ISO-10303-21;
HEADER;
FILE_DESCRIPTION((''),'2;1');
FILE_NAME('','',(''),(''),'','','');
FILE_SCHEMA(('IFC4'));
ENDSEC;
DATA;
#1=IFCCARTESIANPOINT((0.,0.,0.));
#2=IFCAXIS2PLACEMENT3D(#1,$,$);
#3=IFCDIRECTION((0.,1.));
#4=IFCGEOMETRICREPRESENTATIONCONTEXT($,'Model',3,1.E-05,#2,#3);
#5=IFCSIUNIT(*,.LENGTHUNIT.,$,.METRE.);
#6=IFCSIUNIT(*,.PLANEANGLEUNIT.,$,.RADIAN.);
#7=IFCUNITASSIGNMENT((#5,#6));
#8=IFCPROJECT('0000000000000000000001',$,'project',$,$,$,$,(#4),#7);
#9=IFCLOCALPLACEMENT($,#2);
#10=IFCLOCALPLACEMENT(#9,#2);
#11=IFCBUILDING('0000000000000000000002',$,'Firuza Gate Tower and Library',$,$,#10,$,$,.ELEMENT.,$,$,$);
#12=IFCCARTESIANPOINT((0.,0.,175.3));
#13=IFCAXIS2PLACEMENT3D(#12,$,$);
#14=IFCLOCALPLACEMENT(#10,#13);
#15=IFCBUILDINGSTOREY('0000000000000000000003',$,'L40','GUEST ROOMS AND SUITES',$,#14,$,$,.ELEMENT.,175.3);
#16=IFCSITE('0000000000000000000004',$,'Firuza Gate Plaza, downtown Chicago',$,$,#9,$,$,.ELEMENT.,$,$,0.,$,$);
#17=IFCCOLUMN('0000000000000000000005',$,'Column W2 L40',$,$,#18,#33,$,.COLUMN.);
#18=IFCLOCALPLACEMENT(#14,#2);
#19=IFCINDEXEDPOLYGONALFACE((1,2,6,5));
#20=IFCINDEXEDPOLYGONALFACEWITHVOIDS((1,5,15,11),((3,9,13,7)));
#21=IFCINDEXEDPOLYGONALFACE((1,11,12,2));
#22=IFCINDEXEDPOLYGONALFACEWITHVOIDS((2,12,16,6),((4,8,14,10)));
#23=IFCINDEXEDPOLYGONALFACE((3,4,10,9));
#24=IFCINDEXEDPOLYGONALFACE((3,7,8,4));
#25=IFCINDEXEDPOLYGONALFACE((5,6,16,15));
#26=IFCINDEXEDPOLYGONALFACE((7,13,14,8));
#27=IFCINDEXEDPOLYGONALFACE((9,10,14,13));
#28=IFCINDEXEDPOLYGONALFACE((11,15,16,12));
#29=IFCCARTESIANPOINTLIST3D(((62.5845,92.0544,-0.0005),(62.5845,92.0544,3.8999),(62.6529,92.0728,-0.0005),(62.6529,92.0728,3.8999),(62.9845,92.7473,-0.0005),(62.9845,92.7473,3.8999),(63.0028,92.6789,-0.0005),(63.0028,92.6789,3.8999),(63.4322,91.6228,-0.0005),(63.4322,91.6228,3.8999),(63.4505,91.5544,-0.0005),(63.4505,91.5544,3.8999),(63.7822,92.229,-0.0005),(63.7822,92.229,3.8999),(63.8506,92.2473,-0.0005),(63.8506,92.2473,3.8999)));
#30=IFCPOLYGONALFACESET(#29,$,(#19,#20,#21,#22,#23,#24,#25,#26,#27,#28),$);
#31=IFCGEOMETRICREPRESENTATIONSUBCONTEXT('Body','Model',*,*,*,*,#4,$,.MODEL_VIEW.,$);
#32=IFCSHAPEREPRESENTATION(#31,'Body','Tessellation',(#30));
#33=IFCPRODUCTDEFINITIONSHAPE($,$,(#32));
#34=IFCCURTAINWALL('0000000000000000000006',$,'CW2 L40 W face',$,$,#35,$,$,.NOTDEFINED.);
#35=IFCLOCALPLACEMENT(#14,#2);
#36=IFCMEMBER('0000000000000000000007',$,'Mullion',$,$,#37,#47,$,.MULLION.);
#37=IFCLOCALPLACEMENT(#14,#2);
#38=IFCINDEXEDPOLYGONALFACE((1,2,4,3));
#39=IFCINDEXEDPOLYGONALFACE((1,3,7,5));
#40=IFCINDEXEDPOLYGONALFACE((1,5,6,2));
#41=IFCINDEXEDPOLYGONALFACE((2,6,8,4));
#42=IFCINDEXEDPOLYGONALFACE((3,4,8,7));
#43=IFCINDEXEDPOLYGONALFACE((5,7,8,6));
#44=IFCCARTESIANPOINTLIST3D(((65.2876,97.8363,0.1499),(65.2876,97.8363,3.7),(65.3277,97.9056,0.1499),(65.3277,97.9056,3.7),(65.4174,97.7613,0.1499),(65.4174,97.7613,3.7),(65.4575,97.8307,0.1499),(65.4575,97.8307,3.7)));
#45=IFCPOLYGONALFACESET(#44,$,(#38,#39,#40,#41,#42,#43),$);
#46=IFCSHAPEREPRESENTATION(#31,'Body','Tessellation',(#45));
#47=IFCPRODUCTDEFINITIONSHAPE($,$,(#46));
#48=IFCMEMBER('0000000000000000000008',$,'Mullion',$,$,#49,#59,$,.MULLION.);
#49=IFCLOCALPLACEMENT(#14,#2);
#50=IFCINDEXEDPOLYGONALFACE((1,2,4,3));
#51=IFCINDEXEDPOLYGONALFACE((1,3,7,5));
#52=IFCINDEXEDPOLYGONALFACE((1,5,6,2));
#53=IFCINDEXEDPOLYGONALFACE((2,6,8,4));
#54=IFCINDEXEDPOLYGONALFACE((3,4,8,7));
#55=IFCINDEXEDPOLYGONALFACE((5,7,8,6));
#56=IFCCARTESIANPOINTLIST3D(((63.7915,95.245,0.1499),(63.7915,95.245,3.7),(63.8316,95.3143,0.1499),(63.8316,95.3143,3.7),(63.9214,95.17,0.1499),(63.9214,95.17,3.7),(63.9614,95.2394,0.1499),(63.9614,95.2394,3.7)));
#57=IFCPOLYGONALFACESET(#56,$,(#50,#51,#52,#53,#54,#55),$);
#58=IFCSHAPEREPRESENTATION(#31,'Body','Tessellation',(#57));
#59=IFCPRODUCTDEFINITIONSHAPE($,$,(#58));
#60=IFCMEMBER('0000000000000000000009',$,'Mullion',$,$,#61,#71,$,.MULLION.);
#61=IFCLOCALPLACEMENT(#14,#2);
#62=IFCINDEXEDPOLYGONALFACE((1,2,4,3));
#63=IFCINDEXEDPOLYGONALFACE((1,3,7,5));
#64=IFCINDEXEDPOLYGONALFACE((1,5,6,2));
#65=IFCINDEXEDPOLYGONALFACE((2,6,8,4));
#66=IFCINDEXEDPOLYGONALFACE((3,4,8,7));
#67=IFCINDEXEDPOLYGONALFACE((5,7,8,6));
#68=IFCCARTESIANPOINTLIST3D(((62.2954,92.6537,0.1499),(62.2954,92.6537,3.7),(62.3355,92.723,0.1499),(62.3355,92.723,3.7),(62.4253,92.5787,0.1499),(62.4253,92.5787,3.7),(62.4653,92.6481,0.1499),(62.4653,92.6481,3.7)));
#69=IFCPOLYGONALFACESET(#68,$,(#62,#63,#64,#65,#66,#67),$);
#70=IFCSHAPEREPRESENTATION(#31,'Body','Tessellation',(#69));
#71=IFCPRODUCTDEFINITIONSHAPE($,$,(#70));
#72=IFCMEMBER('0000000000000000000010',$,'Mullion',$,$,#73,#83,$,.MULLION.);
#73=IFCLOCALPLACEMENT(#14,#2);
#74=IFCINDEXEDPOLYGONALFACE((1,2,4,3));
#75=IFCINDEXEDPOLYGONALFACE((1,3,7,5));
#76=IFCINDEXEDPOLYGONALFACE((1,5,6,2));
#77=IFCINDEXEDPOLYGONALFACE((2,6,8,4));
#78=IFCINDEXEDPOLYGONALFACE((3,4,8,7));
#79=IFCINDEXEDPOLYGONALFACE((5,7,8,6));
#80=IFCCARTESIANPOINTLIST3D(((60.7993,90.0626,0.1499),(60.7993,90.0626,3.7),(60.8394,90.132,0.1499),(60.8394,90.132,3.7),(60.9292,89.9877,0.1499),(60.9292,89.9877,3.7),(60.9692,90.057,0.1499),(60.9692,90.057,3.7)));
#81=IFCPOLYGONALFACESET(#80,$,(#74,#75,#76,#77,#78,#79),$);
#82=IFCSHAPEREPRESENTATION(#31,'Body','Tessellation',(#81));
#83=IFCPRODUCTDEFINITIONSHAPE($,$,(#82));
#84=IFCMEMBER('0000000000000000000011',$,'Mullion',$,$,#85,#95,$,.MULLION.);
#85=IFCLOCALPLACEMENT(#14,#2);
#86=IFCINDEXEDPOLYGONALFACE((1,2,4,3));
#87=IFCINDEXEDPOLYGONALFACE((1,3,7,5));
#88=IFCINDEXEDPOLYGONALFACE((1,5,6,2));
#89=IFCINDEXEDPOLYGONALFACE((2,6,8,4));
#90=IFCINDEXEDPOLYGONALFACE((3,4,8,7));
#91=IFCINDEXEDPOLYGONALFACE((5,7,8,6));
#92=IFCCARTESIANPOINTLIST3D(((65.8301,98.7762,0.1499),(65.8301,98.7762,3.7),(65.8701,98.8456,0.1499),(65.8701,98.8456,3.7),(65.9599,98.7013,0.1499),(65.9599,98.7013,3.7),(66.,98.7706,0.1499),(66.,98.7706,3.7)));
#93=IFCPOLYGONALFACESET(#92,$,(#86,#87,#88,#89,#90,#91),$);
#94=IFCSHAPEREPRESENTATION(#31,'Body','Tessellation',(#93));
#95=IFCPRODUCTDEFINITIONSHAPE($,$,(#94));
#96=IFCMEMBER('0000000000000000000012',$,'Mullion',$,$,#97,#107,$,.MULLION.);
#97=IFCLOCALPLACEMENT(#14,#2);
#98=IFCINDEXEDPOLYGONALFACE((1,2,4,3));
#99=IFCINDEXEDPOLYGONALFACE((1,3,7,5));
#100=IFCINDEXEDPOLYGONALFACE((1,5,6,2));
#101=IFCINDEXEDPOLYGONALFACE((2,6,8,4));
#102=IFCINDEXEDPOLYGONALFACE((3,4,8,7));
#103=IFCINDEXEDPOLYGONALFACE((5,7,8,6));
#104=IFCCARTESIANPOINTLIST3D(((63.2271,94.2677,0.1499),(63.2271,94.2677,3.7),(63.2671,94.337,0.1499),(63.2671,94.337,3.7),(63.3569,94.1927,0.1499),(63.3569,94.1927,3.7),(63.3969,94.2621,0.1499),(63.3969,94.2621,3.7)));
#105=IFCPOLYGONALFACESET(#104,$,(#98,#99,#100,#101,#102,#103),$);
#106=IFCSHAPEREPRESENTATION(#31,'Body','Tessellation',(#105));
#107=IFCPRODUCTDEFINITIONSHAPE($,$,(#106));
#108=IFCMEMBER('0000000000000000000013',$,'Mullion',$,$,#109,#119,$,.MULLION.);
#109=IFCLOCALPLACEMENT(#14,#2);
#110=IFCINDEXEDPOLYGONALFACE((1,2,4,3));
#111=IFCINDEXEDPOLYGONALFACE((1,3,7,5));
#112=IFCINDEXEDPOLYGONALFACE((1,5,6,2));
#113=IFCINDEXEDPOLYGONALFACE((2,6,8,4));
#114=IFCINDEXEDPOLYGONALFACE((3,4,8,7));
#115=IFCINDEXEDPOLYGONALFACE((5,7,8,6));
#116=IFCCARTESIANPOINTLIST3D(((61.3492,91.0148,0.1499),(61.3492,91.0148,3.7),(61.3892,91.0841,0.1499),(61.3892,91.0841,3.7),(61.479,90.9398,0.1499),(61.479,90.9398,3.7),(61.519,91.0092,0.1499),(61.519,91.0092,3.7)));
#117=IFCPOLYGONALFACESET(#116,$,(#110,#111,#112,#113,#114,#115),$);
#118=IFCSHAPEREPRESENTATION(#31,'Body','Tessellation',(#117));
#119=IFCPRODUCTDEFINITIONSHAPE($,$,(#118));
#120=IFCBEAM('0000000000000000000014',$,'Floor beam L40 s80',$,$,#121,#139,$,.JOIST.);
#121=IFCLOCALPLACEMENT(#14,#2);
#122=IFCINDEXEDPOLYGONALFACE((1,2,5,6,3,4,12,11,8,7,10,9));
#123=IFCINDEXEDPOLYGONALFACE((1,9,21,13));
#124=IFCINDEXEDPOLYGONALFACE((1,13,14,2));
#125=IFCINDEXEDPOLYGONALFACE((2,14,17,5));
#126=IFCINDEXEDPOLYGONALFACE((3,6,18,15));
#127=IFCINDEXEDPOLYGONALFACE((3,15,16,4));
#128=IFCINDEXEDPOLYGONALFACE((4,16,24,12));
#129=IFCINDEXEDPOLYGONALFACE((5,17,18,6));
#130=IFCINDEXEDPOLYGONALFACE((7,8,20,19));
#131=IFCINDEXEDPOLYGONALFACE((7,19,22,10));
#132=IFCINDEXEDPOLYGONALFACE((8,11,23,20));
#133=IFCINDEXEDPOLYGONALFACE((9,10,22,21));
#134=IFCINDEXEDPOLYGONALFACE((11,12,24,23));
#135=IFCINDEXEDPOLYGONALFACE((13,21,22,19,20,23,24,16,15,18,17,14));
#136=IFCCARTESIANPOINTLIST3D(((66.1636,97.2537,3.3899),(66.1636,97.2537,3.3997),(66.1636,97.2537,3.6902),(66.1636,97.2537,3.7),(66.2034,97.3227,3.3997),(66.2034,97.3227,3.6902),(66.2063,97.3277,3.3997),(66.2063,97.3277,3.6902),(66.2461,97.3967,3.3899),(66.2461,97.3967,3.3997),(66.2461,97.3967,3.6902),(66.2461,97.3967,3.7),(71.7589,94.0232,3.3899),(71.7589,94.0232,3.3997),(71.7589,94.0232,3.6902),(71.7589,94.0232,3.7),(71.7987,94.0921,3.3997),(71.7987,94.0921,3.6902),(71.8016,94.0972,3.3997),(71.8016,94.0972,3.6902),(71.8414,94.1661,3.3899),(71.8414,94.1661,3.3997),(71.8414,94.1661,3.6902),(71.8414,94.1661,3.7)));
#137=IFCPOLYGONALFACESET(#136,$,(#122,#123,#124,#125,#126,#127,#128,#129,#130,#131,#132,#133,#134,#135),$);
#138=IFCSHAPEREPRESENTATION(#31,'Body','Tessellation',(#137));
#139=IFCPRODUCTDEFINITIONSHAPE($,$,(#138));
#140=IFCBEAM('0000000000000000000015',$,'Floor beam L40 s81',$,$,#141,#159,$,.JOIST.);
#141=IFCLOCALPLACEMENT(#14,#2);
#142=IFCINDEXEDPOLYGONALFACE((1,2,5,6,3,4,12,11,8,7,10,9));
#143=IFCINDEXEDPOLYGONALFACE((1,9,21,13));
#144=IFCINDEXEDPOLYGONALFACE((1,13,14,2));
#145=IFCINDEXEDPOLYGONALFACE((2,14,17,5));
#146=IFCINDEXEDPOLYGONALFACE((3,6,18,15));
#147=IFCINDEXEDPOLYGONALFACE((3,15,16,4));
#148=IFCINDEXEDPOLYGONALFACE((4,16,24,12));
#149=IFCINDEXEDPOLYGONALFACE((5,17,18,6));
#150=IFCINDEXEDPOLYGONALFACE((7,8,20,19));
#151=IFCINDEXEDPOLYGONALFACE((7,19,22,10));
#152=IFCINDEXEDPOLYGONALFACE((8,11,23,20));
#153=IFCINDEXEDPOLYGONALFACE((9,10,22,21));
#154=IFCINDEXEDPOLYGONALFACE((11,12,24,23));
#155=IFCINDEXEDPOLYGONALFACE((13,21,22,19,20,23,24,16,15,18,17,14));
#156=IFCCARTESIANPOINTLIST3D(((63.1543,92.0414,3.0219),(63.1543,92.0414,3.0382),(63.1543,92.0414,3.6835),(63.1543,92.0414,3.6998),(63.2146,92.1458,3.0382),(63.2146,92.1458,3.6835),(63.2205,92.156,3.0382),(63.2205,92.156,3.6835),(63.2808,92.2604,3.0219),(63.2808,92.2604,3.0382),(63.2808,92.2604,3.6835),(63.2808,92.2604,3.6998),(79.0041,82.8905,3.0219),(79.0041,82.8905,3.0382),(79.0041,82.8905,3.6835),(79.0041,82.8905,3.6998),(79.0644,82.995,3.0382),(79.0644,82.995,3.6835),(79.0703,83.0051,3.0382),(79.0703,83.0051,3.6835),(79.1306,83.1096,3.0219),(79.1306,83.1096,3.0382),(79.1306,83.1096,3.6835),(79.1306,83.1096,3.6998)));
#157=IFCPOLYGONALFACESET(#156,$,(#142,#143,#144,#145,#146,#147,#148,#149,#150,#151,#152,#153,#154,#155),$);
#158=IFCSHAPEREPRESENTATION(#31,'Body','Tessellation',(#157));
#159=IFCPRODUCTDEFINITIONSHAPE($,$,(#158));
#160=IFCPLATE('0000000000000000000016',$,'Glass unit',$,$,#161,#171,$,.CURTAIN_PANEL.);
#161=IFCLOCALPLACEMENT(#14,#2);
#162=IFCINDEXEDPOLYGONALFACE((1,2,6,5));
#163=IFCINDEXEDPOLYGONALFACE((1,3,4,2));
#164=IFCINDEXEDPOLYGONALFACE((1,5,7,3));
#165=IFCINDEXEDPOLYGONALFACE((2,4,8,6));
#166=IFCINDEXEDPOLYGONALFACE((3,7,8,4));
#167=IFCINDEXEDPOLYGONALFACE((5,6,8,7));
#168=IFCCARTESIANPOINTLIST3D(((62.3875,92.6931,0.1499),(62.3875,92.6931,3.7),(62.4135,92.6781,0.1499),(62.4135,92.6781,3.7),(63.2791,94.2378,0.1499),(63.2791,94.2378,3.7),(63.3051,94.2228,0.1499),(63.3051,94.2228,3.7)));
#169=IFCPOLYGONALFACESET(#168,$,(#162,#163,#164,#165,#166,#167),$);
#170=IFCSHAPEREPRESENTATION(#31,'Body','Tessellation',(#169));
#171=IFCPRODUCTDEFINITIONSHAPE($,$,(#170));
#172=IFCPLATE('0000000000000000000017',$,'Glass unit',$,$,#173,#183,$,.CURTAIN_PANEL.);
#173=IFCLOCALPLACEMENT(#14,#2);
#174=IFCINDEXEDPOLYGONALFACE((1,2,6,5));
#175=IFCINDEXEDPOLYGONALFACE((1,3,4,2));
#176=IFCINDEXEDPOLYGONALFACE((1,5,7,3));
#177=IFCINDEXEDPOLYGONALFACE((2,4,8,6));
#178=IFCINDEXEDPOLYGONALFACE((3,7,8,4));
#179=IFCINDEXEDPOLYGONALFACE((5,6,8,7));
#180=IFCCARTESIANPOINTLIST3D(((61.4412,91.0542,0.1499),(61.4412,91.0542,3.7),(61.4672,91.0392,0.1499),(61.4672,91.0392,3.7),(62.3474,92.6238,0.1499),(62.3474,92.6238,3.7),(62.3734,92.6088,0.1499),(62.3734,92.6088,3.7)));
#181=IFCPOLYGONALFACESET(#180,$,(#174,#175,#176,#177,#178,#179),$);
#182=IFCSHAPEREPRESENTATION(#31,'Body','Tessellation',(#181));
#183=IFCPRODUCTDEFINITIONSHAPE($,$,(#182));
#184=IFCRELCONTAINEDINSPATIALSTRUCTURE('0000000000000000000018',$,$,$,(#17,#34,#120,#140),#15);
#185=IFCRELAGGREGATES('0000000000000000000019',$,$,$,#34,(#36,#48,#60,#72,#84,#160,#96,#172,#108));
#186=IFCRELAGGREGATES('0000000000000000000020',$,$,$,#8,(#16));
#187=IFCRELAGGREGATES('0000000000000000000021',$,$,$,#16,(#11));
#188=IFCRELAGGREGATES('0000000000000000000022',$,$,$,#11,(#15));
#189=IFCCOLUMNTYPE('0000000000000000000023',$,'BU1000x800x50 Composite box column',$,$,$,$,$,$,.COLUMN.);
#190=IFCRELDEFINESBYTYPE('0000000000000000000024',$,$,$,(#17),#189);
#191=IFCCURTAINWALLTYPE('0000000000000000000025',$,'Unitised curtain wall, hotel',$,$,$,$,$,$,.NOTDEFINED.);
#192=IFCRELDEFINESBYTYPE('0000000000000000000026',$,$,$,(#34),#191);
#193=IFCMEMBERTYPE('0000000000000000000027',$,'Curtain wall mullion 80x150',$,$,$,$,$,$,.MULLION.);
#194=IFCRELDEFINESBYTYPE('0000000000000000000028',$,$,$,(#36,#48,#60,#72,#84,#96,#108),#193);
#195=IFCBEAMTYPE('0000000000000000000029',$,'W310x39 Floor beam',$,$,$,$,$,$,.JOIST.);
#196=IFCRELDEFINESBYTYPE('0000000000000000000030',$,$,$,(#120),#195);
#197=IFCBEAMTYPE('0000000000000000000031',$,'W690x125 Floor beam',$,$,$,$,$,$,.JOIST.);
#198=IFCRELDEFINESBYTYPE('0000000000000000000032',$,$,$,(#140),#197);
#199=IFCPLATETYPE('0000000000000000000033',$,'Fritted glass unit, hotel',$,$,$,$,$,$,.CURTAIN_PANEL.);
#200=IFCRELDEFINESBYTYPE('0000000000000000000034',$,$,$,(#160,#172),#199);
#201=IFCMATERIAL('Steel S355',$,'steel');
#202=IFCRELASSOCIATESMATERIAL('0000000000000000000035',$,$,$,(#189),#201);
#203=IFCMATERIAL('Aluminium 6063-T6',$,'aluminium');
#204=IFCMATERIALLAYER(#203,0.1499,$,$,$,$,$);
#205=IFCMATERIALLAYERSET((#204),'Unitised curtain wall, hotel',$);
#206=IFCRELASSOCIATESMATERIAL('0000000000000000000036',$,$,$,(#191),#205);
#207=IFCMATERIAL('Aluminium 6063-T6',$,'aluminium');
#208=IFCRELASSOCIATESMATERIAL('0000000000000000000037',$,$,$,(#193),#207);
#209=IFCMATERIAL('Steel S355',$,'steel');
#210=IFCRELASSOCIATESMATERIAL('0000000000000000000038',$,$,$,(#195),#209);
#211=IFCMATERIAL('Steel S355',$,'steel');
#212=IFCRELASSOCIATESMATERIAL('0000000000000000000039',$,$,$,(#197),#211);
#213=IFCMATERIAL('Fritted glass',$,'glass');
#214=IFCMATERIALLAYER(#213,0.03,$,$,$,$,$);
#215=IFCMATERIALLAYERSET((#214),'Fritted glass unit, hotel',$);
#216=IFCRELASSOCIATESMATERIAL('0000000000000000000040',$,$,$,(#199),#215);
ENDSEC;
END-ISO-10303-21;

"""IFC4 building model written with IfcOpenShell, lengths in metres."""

from ifc_helpers import new_model, si_unit, direction, frame, origin, origin_2d, place, context, subcontext, project, spatial, polyline, rectangle, hollow_rectangle, i_section, outline, extrude, material, layer, layer_set, material_profile, profile_set, type_object, element, aggregate, save


model = new_model("IFC4")

# Units and contexts
model_context = context("Model", 3, precision=1e-05, world=origin(), true_north=direction((0.0, 1.0)))
body_context = subcontext(model_context, "Body", "Model", "MODEL_VIEW")
ifc_project = project(units=[si_unit("LENGTHUNIT", "METRE"), si_unit("PLANEANGLEUNIT", "RADIAN")], contexts=[model_context])

# Site, building, storey
site_placement = place(None, origin())
site = spatial("IfcSite", under=ifc_project, at=site_placement, Name="Firuza Gate Plaza, downtown Chicago", CompositionType="ELEMENT", RefElevation=0.0)
building_placement = place(site_placement, origin())
building = spatial("IfcBuilding", under=site, at=building_placement, Name="Firuza Gate Tower and Library", CompositionType="ELEMENT")
storey_placement = place(building_placement, frame((0.0, 0.0, 175.3)))
storey = spatial("IfcBuildingStorey", under=building, at=storey_placement, Name="L40", Description="GUEST ROOMS AND SUITES", CompositionType="ELEMENT", Elevation=175.3)

# Column
ifc_material_1 = material(Name="Steel S355", Category="steel")
ifc_material_profile_1 = material_profile(ifc_material_1, hollow_rectangle(XDim=0.8, YDim=1.0, WallThickness=0.05, at=origin_2d()))
ifc_profile_set_1 = profile_set([ifc_material_profile_1], Name="Steel S355")
column_type = type_object("IfcColumnType", Name="BU1000x800x50 Composite box column", PredefinedType="COLUMN", material=ifc_profile_set_1)
column_placement = place(storey_placement, frame((63.2175, 92.1509, -0.0005), z_axis=(0.0, 0.0, 1.0), x_axis=(-0.5, -0.866025, 0.0)))
element("IfcColumn", 1, at=column_placement, inside=storey, type_object=column_type, Name="Column W2 L40", PredefinedType="COLUMN", context=body_context, shape_type="SweptSolid", body=[
    extrude(hollow_rectangle(XDim=0.8, YDim=1.0, WallThickness=0.05, at=origin_2d()), origin(), (0.0, 0.0, 1.0), 3.9004),
])

# Curtain wall, members
ifc_material_2 = material(Name="Aluminium 6063-T6", Category="aluminium")
ifc_layer_1 = layer(ifc_material_2, 0.1499)
ifc_layer_set_1 = layer_set([ifc_layer_1], Name="Unitised curtain wall, hotel")
curtain_wall_type = type_object("IfcCurtainWallType", Name="Unitised curtain wall, hotel", PredefinedType="NOTDEFINED", material=ifc_layer_set_1)
placement = place(storey_placement, origin())
curtain_wall = element("IfcCurtainWall", 2, at=placement, inside=storey, type_object=curtain_wall_type, Name="CW2 L40 W face", PredefinedType="NOTDEFINED")
ifc_material_3 = material(Name="Aluminium 6063-T6", Category="aluminium")
ifc_material_profile_2 = material_profile(ifc_material_3, rectangle(XDim=0.1499, YDim=0.0801, at=origin_2d()))
ifc_profile_set_2 = profile_set([ifc_material_profile_2], Name="Aluminium 6063-T6")
member_type = type_object("IfcMemberType", Name="Curtain wall mullion 80x150", PredefinedType="MULLION", material=ifc_profile_set_2)
member_1_placement = place(storey_placement, frame((65.3726, 97.8335, 0.1499), z_axis=(0.0, 0.0, 1.0), x_axis=(0.866025, -0.5, 0.0)))
member_1 = element("IfcMember", 3, at=member_1_placement, type_object=member_type, Name="Mullion", PredefinedType="MULLION", context=body_context, shape_type="SweptSolid", body=[
    extrude(rectangle(XDim=0.1499, YDim=0.0801, at=origin_2d()), origin(), (0.0, 0.0, 1.0), 3.55),
])
member_2_placement = place(storey_placement, frame((63.8765, 95.2422, 0.1499), z_axis=(0.0, 0.0, 1.0), x_axis=(0.866025, -0.5, 0.0)))
member_2 = element("IfcMember", 4, at=member_2_placement, type_object=member_type, Name="Mullion", PredefinedType="MULLION", context=body_context, shape_type="SweptSolid", body=[
    extrude(rectangle(XDim=0.1499, YDim=0.0801, at=origin_2d()), origin(), (0.0, 0.0, 1.0), 3.55),
])
member_3_placement = place(storey_placement, frame((62.3804, 92.6509, 0.1499), z_axis=(0.0, 0.0, 1.0), x_axis=(0.866025, -0.5, 0.0)))
member_3 = element("IfcMember", 5, at=member_3_placement, type_object=member_type, Name="Mullion", PredefinedType="MULLION", context=body_context, shape_type="SweptSolid", body=[
    extrude(rectangle(XDim=0.1499, YDim=0.0801, at=origin_2d()), origin(), (0.0, 0.0, 1.0), 3.55),
])
member_4_placement = place(storey_placement, frame((60.8843, 90.0598, 0.1499), z_axis=(0.0, 0.0, 1.0), x_axis=(0.866025, -0.5, 0.0)))
member_4 = element("IfcMember", 6, at=member_4_placement, type_object=member_type, Name="Mullion", PredefinedType="MULLION", context=body_context, shape_type="SweptSolid", body=[
    extrude(rectangle(XDim=0.1499, YDim=0.0801, at=origin_2d()), origin(), (0.0, 0.0, 1.0), 3.55),
])
member_5_placement = place(storey_placement, frame((65.915, 98.7734, 0.1499), z_axis=(0.0, 0.0, 1.0), x_axis=(0.866025, -0.5, 0.0)))
member_5 = element("IfcMember", 7, at=member_5_placement, type_object=member_type, Name="Mullion", PredefinedType="MULLION", context=body_context, shape_type="SweptSolid", body=[
    extrude(rectangle(XDim=0.1499, YDim=0.0801, at=origin_2d()), origin(), (0.0, 0.0, 1.0), 3.55),
])
member_6_placement = place(storey_placement, frame((63.312, 94.2649, 0.1499), z_axis=(0.0, 0.0, 1.0), x_axis=(0.866025, -0.5, 0.0)))
member_6 = element("IfcMember", 8, at=member_6_placement, type_object=member_type, Name="Mullion", PredefinedType="MULLION", context=body_context, shape_type="SweptSolid", body=[
    extrude(rectangle(XDim=0.1499, YDim=0.0801, at=origin_2d()), origin(), (0.0, 0.0, 1.0), 3.55),
])
member_7_placement = place(storey_placement, frame((61.4341, 91.012, 0.1499), z_axis=(0.0, 0.0, 1.0), x_axis=(0.866025, -0.5, 0.0)))
member_7 = element("IfcMember", 9, at=member_7_placement, type_object=member_type, Name="Mullion", PredefinedType="MULLION", context=body_context, shape_type="SweptSolid", body=[
    extrude(rectangle(XDim=0.1499, YDim=0.0801, at=origin_2d()), origin(), (0.0, 0.0, 1.0), 3.55),
])

# Beams
ifc_material_4 = material(Name="Steel S355", Category="steel")
ifc_material_profile_3 = material_profile(ifc_material_4, i_section(OverallWidth=0.165, OverallDepth=0.3101, WebThickness=0.0059, FlangeThickness=0.0098, at=origin_2d()))
ifc_profile_set_3 = profile_set([ifc_material_profile_3], Name="Steel S355")
beam_type_1 = type_object("IfcBeamType", Name="W310x39 Floor beam", PredefinedType="JOIST", material=ifc_profile_set_3)
beam_1_placement = place(storey_placement, frame((66.2048, 97.3252, 3.5449), z_axis=(0.866021, -0.500008, 0.0), x_axis=(0.500008, 0.866021, 0.0)))
element("IfcBeam", 10, at=beam_1_placement, inside=storey, type_object=beam_type_1, Name="Floor beam L40 s80", PredefinedType="JOIST", context=body_context, shape_type="SweptSolid", body=[
    extrude(i_section(OverallWidth=0.165, OverallDepth=0.3101, WebThickness=0.0059, FlangeThickness=0.0098, at=origin_2d()), origin(), (0.0, 0.0, 1.0), 6.4609),
])
ifc_material_5 = material(Name="Steel S355", Category="steel")
ifc_material_profile_4 = material_profile(ifc_material_5, i_section(OverallWidth=0.2529, OverallDepth=0.678, WebThickness=0.0117, FlangeThickness=0.0164, at=origin_2d()))
ifc_profile_set_4 = profile_set([ifc_material_profile_4], Name="Steel S355")
beam_type_2 = type_object("IfcBeamType", Name="W690x125 Floor beam", PredefinedType="JOIST", material=ifc_profile_set_4)
beam_2_placement = place(storey_placement, frame((63.2175, 92.1509, 3.3608), z_axis=(0.866026, -0.499998, 0.0), x_axis=(0.499998, 0.866026, 0.0)))
element("IfcBeam", 11, at=beam_2_placement, inside=storey, type_object=beam_type_2, Name="Floor beam L40 s81", PredefinedType="JOIST", context=body_context, shape_type="SweptSolid", body=[
    extrude(i_section(OverallWidth=0.2529, OverallDepth=0.678, WebThickness=0.0117, FlangeThickness=0.0164, at=origin_2d()), origin(), (0.0, 0.0, 1.0), 18.3018),
])

# Plates
ifc_material_6 = material(Name="Fritted glass", Category="glass")
ifc_layer_2 = layer(ifc_material_6, 0.03)
ifc_layer_set_2 = layer_set([ifc_layer_2], Name="Fritted glass unit, hotel")
plate_type_1 = type_object("IfcPlateType", Name="Fritted glass unit, hotel", PredefinedType="CURTAIN_PANEL", material=ifc_layer_set_2)
plate_1_placement = place(storey_placement, frame((63.2791, 94.2378, 0.1499), z_axis=(-0.866078, 0.499908, 0.0), x_axis=(-0.499908, -0.866078, 0.0)))
plate_1 = element("IfcPlate", 12, at=plate_1_placement, type_object=plate_type_1, Name="Glass unit", PredefinedType="CURTAIN_PANEL", context=body_context, shape_type="SweptSolid", body=[
    extrude(outline(polyline([(0.0, 0.0), (1.7835, 0.0), (1.7835, 3.55), (0.0, 3.55), (0.0, 0.0)])), origin(), (0.0, 0.0, -1.0), 0.03),
])
plate_2_placement = place(storey_placement, frame((62.3474, 92.6238, 0.1499), z_axis=(-0.866013, 0.500022, 0.0), x_axis=(-0.500022, -0.866013, 0.0)))
plate_2 = element("IfcPlate", 13, at=plate_2_placement, type_object=plate_type_1, Name="Glass unit", PredefinedType="CURTAIN_PANEL", context=body_context, shape_type="SweptSolid", body=[
    extrude(outline(polyline([(0.0, 0.0), (1.8124, 0.0), (1.8124, 3.55), (0.0, 3.55), (0.0, 0.0)])), origin(), (0.0, 0.0, -1.0), 0.03),
])
aggregate(curtain_wall, [member_1, member_2, member_3, member_4, member_5, plate_1, member_6, plate_2, member_7])

save(model, "model.ifc")
